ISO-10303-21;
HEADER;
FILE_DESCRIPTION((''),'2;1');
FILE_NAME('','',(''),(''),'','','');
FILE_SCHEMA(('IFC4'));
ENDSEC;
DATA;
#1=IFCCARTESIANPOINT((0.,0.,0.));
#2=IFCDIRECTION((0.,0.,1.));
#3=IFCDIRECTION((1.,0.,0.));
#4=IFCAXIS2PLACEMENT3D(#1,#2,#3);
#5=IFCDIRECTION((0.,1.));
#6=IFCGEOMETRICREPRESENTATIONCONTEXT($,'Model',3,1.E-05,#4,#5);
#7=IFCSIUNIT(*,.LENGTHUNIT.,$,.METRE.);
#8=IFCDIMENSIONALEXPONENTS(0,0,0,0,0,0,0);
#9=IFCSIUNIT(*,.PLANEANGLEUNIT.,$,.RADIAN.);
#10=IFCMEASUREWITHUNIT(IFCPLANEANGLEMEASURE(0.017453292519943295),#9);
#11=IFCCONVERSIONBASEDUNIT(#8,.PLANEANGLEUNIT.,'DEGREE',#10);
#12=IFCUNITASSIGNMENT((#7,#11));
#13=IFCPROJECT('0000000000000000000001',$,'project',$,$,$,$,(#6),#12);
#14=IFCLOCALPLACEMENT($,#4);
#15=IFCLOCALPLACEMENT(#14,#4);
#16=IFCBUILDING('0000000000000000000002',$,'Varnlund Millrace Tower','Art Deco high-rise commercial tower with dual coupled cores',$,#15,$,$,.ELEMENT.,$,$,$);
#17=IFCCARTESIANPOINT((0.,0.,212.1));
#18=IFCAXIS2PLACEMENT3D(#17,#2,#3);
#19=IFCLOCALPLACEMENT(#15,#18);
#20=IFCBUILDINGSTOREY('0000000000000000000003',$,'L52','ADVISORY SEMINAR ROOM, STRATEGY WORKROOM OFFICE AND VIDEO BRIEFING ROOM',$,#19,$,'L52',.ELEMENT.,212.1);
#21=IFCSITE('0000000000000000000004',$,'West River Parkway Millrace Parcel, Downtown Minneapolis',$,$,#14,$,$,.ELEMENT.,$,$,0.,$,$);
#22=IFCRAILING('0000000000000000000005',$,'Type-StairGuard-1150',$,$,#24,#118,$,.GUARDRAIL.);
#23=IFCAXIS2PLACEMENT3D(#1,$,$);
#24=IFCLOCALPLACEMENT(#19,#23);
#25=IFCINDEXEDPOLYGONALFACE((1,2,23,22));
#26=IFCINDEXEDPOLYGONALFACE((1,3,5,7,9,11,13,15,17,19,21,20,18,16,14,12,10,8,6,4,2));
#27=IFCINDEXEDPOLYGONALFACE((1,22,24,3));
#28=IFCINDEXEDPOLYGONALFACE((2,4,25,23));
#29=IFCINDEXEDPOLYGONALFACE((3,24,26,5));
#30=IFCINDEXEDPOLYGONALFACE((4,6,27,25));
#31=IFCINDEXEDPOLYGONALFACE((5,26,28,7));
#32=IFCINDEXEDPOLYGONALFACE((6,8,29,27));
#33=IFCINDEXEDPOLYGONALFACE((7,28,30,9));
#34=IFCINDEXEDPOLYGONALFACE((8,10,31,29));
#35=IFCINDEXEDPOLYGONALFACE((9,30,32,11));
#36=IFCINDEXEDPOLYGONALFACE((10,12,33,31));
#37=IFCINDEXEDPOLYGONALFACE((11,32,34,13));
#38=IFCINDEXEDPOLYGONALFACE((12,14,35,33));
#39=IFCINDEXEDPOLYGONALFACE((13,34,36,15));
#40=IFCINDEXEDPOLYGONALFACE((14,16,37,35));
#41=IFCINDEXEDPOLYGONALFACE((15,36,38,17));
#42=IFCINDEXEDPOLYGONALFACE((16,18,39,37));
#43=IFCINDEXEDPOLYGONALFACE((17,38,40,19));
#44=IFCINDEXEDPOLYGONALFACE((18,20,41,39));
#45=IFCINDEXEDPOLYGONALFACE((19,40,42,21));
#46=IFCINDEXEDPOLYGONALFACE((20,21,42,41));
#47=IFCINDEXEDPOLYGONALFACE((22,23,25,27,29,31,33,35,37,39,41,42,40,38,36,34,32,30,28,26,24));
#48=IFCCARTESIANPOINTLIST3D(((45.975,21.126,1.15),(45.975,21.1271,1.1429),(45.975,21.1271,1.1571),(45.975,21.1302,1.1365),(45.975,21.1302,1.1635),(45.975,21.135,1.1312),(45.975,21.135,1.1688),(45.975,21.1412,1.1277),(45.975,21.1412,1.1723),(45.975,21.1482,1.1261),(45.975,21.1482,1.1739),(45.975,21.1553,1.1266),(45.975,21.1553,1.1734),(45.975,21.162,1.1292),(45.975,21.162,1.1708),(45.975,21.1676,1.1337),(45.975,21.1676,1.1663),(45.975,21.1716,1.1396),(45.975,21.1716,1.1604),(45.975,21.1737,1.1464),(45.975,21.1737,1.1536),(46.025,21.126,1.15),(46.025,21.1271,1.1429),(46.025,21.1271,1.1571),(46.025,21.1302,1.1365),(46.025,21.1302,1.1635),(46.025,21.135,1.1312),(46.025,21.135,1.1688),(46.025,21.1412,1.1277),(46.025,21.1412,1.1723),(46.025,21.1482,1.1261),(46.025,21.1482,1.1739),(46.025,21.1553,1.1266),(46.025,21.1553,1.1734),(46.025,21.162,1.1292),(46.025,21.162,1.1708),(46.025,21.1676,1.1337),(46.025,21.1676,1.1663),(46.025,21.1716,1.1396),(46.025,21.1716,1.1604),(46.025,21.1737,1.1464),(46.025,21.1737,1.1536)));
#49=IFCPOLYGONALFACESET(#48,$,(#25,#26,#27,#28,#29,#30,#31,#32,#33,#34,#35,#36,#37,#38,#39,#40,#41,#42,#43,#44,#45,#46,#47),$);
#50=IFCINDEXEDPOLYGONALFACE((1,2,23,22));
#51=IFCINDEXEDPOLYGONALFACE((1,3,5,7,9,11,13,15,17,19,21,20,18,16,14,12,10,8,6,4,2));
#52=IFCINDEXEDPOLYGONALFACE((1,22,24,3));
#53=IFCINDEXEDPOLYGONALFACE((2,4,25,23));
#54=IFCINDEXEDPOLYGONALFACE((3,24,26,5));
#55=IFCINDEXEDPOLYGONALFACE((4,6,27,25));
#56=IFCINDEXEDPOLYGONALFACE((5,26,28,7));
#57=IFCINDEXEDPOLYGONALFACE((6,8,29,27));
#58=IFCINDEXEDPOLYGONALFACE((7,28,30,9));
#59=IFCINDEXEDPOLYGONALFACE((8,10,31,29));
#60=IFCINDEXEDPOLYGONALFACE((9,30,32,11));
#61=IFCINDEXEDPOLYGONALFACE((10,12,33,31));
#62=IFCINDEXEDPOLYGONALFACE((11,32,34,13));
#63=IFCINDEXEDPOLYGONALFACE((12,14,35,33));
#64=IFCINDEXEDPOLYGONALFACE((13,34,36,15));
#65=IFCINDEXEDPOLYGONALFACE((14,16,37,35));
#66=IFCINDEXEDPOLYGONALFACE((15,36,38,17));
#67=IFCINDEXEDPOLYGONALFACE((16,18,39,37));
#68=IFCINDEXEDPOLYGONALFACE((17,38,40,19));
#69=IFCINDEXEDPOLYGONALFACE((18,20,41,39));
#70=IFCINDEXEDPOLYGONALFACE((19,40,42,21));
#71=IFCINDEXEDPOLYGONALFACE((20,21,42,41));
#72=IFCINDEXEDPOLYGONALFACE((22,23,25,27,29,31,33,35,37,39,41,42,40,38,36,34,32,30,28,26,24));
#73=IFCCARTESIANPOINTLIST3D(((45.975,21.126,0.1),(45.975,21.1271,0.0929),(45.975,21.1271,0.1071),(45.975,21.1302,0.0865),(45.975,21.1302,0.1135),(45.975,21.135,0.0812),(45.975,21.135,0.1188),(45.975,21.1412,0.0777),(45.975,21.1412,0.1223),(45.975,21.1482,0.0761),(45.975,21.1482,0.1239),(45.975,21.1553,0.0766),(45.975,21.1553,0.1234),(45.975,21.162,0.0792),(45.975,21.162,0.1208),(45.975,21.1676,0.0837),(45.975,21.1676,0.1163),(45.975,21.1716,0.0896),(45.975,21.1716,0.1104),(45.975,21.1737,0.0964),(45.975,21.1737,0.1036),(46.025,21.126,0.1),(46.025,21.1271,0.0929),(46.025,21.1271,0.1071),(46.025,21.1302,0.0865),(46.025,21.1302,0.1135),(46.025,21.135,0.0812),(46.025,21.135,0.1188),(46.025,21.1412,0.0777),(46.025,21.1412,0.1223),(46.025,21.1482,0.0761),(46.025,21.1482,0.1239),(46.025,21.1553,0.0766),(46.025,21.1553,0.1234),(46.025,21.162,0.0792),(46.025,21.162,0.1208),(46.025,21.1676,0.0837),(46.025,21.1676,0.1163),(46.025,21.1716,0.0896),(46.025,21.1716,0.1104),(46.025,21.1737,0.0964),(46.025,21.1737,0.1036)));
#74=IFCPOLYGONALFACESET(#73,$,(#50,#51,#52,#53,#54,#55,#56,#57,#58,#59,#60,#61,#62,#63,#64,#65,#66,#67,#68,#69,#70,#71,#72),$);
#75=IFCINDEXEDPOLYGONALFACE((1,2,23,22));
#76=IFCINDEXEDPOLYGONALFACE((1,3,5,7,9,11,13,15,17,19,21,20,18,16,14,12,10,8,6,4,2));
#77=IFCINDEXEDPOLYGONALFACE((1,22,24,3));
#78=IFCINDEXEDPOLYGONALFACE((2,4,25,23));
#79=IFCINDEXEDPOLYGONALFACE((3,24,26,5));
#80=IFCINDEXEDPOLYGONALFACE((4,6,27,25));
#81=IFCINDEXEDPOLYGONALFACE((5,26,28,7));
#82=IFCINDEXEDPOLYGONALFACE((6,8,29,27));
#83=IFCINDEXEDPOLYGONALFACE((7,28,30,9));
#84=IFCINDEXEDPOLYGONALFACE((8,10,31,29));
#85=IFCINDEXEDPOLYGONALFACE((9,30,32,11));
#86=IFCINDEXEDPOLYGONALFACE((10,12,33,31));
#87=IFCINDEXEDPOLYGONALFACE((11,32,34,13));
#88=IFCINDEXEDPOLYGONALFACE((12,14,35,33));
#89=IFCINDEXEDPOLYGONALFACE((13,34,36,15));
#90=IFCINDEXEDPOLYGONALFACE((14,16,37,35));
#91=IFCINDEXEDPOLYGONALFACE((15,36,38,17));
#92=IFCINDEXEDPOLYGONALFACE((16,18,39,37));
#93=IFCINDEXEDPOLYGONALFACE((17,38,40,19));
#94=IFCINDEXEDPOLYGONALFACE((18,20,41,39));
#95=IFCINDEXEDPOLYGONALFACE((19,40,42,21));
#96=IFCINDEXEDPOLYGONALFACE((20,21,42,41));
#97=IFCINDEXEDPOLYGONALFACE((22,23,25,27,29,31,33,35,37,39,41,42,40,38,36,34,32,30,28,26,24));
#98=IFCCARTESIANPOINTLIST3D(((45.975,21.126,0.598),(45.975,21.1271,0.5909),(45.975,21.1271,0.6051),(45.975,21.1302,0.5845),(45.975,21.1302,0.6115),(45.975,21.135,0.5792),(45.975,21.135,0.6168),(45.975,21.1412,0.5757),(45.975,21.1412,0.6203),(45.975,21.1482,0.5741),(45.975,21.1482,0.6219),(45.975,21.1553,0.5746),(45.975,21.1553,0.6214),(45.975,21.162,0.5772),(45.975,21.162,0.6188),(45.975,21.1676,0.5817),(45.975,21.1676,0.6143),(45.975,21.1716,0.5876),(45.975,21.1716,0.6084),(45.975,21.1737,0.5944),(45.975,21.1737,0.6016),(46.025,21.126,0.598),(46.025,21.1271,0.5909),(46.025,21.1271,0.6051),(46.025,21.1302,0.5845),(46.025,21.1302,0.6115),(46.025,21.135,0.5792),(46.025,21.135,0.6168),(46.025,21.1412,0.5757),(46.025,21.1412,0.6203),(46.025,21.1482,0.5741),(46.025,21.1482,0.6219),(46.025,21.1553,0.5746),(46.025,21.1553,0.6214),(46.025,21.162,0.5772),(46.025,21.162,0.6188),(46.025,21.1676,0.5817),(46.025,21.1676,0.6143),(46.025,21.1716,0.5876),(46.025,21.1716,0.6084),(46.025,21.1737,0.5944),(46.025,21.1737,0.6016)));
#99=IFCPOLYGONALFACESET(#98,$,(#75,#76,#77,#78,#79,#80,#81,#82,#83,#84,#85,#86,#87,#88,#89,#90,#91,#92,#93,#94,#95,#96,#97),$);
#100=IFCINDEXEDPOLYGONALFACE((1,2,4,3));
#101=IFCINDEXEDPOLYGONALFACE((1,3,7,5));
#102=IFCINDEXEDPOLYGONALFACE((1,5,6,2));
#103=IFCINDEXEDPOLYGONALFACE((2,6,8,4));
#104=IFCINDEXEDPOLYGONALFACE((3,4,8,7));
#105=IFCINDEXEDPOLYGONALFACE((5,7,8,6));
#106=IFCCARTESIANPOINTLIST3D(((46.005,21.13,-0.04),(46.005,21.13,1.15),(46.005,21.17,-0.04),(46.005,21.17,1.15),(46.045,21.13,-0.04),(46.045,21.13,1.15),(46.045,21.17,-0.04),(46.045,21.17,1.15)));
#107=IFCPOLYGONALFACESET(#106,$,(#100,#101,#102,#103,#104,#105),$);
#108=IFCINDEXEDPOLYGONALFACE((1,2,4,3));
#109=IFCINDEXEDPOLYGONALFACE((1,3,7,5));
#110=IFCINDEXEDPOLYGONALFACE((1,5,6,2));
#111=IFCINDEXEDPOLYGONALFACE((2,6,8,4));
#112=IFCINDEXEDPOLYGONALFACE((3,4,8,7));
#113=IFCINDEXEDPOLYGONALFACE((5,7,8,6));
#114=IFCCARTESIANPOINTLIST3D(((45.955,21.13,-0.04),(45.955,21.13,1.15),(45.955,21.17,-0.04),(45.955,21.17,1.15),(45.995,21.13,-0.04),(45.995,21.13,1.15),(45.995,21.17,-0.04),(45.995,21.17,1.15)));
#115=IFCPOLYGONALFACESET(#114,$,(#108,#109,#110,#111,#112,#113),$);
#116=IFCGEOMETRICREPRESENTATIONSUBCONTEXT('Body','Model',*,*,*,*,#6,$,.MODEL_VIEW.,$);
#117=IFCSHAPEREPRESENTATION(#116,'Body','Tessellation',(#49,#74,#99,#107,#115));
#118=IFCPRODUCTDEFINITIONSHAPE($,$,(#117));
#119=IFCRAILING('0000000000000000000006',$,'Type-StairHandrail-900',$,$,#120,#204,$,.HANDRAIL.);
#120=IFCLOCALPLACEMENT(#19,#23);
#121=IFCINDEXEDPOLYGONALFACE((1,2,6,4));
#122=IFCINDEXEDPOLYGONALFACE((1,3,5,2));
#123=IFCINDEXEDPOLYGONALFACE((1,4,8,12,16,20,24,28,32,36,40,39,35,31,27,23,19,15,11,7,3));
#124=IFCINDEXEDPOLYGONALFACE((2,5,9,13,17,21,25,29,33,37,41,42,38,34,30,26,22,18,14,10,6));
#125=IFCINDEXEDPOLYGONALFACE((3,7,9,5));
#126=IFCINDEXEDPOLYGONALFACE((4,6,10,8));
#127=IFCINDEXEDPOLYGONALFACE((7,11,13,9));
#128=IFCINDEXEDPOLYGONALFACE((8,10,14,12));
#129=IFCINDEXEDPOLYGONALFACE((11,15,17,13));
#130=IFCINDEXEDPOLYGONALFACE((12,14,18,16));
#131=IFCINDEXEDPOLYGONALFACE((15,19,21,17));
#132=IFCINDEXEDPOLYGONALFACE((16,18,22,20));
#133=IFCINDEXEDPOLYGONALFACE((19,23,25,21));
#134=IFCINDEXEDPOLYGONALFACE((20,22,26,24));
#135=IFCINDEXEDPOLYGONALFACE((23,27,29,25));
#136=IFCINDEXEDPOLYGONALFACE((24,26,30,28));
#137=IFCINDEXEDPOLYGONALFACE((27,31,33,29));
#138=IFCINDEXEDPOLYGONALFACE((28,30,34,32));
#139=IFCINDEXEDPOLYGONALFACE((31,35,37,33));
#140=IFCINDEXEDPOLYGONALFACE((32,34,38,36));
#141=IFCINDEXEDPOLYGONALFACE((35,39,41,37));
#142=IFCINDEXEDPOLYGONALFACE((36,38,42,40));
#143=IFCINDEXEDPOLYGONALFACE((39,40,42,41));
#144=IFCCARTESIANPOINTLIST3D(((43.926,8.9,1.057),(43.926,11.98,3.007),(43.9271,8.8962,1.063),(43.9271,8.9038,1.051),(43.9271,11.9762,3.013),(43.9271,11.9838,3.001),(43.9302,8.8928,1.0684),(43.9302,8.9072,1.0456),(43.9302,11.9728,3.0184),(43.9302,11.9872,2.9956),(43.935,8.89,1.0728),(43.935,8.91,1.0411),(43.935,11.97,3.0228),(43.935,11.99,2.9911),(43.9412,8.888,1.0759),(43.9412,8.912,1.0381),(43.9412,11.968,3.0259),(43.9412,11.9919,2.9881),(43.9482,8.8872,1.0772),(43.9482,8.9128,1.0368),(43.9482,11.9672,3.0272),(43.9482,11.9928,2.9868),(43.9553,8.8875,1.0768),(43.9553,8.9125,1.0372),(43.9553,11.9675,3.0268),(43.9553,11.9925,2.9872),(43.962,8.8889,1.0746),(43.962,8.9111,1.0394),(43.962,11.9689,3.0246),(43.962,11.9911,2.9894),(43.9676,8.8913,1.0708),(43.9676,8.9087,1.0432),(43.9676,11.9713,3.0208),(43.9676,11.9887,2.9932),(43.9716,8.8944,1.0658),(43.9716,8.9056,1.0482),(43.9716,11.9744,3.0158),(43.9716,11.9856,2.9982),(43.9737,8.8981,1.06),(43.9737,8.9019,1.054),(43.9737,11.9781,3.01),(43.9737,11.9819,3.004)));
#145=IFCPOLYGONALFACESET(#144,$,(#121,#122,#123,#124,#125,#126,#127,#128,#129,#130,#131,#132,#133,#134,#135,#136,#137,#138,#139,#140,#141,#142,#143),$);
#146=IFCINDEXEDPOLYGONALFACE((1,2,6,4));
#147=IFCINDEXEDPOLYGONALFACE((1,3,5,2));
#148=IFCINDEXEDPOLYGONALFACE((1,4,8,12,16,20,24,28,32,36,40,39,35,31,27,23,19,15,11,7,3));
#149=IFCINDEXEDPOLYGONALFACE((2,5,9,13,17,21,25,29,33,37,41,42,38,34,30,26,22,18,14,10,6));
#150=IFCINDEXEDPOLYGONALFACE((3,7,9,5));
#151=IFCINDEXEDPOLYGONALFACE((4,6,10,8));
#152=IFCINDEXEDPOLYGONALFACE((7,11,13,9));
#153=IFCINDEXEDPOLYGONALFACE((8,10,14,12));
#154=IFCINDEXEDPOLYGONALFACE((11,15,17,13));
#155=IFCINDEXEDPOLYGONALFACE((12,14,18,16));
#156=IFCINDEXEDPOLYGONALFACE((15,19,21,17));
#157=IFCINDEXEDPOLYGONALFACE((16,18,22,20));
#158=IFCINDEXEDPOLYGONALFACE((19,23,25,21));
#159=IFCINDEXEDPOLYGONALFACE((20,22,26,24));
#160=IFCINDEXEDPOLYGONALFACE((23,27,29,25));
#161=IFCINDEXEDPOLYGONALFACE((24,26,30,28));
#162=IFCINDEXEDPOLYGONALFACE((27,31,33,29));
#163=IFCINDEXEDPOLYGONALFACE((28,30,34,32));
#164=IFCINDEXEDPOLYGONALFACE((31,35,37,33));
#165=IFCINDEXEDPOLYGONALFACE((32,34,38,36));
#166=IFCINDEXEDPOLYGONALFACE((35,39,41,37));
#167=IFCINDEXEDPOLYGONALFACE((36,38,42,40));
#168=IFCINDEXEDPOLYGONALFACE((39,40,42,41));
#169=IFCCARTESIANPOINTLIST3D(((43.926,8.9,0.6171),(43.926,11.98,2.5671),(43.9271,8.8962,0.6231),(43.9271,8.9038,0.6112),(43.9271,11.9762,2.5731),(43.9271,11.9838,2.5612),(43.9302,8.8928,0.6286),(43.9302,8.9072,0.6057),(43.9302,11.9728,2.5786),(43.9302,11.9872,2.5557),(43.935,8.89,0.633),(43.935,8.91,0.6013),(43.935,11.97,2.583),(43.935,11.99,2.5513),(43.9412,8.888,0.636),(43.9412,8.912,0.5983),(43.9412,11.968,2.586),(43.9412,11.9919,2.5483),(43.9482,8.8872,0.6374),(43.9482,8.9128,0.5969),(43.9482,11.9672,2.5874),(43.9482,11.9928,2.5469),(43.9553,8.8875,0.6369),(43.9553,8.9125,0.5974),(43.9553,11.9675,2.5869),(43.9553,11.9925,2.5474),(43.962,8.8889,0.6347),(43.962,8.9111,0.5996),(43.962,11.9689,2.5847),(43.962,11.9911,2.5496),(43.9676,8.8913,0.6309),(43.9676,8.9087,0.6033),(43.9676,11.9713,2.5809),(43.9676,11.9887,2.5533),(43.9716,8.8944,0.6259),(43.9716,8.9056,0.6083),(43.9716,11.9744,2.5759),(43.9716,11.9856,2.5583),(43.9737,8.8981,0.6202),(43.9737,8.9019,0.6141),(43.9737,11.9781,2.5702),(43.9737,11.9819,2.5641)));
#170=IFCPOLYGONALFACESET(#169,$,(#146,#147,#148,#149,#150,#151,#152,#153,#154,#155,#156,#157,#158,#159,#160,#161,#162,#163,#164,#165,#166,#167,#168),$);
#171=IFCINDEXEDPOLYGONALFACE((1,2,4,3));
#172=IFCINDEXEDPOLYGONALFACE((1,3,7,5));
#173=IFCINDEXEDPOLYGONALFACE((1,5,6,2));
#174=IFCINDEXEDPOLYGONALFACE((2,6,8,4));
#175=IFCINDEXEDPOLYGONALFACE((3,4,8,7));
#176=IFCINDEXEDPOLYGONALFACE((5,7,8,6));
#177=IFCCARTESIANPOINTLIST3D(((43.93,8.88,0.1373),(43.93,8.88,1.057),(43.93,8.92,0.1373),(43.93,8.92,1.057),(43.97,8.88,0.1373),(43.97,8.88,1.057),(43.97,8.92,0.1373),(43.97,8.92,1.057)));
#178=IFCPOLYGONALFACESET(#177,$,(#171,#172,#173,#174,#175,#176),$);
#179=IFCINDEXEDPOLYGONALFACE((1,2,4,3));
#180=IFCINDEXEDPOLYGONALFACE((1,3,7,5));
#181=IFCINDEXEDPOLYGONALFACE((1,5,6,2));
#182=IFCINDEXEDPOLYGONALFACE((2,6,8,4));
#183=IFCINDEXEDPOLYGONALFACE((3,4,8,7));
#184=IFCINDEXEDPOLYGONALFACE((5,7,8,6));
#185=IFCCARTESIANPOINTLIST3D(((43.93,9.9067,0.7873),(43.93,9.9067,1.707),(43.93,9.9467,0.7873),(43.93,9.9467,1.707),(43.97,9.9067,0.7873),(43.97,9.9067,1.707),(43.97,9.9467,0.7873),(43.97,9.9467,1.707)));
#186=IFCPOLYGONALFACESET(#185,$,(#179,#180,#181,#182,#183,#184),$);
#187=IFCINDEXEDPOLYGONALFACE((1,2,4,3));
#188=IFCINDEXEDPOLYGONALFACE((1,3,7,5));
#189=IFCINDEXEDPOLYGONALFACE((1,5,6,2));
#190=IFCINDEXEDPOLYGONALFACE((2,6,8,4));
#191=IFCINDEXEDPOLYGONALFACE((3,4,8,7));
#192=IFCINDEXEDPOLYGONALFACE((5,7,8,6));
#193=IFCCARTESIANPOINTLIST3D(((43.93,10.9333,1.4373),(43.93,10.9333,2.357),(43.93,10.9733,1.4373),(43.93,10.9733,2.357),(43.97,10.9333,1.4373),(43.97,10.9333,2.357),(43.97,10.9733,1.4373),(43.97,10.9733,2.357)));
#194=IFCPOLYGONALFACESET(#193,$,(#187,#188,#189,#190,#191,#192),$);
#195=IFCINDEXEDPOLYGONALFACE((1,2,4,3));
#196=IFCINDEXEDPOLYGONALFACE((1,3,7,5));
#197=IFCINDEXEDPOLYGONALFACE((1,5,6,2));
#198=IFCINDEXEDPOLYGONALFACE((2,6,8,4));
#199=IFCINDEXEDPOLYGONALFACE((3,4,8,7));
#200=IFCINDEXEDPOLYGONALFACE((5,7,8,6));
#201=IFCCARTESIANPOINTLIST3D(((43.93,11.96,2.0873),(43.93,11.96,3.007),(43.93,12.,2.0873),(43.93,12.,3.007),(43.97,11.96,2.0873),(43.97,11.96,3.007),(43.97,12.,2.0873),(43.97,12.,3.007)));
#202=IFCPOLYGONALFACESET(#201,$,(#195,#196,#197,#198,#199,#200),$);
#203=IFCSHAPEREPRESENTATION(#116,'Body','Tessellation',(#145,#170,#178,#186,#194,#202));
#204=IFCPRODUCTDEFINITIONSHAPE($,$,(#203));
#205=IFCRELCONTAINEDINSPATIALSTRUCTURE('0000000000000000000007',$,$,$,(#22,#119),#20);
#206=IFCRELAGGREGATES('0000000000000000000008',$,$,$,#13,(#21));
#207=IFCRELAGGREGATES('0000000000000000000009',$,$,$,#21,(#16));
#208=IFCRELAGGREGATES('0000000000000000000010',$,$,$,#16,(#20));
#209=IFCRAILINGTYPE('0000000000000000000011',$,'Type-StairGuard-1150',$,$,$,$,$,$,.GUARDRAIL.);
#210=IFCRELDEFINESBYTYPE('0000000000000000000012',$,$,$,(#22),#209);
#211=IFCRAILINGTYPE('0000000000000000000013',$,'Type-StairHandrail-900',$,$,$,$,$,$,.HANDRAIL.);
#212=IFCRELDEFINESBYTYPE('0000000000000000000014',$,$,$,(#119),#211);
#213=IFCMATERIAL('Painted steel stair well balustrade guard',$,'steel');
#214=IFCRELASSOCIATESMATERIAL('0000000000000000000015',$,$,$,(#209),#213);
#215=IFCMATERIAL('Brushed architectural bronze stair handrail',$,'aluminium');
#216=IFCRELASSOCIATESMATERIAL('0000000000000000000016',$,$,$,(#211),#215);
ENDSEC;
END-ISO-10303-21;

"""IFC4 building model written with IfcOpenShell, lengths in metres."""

from ifc_helpers import new_model, entity, si_unit, converted_unit, direction, frame, origin_with_axes, origin_2d_with_axis, place, context, subcontext, project, spatial, rectangle, circle, extrude, material, type_object, element, save


model = new_model("IFC4")

# Units and contexts
model_context = context("Model", 3, precision=1e-05, world=origin_with_axes(), true_north=direction((0.0, 1.0)))
body_context = subcontext(model_context, "Body", "Model", "MODEL_VIEW")
ifc_project = project(units=[si_unit("LENGTHUNIT", "METRE"), converted_unit("PLANEANGLEUNIT", "DEGREE", entity("IfcPlaneAngleMeasure", 0.017453292519943295), si_unit("PLANEANGLEUNIT", "RADIAN"), dimensions=[0, 0, 0, 0, 0, 0, 0])], contexts=[model_context])

# Site, building, storey
site_placement = place(None, origin_with_axes())
site = spatial("IfcSite", under=ifc_project, at=site_placement, Name="West River Parkway Millrace Parcel, Downtown Minneapolis", CompositionType="ELEMENT", RefElevation=0.0)
building_placement = place(site_placement, origin_with_axes())
building = spatial("IfcBuilding", under=site, at=building_placement, Name="Varnlund Millrace Tower", Description="Art Deco high-rise commercial tower with dual coupled cores", CompositionType="ELEMENT")
storey_placement = place(building_placement, frame((0.0, 0.0, 212.1), z_axis=(0.0, 0.0, 1.0), x_axis=(1.0, 0.0, 0.0)))
storey = spatial("IfcBuildingStorey", under=building, at=storey_placement, Name="L52", Description="ADVISORY SEMINAR ROOM, STRATEGY WORKROOM OFFICE AND VIDEO BRIEFING ROOM", LongName="L52", CompositionType="ELEMENT", Elevation=212.1)

# Railings
ifc_material_1 = material(Name="Painted steel stair well balustrade guard", Category="steel")
railing_type_1 = type_object("IfcRailingType", Name="Type-StairGuard-1150", PredefinedType="GUARDRAIL", material=ifc_material_1)
railing_1_placement = place(storey_placement, frame((0.0, 0.0, -212.1), z_axis=(0.0, 0.0, 1.0), x_axis=(1.0, 0.0, 0.0)))
element("IfcRailing", 1, at=railing_1_placement, inside=storey, type_object=railing_type_1, Name="Type-StairGuard-1150", PredefinedType="GUARDRAIL", context=body_context, shape_type="SweptSolid", body=[
    extrude(circle(Radius=0.024, at=origin_2d_with_axis()), frame((46.025, 21.15, 213.25), z_axis=(-1.0, 0.0, 0.0), x_axis=(0.0, -1.0, 0.0)), (0.0, 0.0, 1.0), 0.05),
    extrude(circle(Radius=0.024, at=origin_2d_with_axis()), frame((46.025, 21.15, 212.2), z_axis=(-1.0, 0.0, 0.0), x_axis=(0.0, -1.0, 0.0)), (0.0, 0.0, 1.0), 0.05),
    extrude(circle(Radius=0.024, at=origin_2d_with_axis()), frame((46.025, 21.15, 212.698), z_axis=(-1.0, 0.0, 0.0), x_axis=(0.0, -1.0, 0.0)), (0.0, 0.0, 1.0), 0.05),
    extrude(rectangle(XDim=0.04, YDim=0.04, at=origin_2d_with_axis()), frame((46.025, 21.15, 212.06), z_axis=(0.0, 0.0, 1.0), x_axis=(1.0, 0.0, 0.0)), (0.0, 0.0, 1.0), 1.19),
    extrude(rectangle(XDim=0.04, YDim=0.04, at=origin_2d_with_axis()), frame((45.975, 21.15, 212.06), z_axis=(0.0, 0.0, 1.0), x_axis=(1.0, 0.0, 0.0)), (0.0, 0.0, 1.0), 1.19),
])
ifc_material_2 = material(Name="Brushed architectural bronze stair handrail", Category="aluminium")
railing_type_2 = type_object("IfcRailingType", Name="Type-StairHandrail-900", PredefinedType="HANDRAIL", material=ifc_material_2)
railing_2_placement = place(storey_placement, frame((0.0, 0.0, -212.1), z_axis=(0.0, 0.0, 1.0), x_axis=(1.0, 0.0, 0.0)))
element("IfcRailing", 2, at=railing_2_placement, inside=storey, type_object=railing_type_2, Name="Type-StairHandrail-900", PredefinedType="HANDRAIL", context=body_context, shape_type="SweptSolid", body=[
    extrude(circle(Radius=0.024, at=origin_2d_with_axis()), frame((43.95, 8.9, 213.157), z_axis=(0.0, 0.844902, 0.534922), x_axis=(-1.0, 0.0, 0.0)), (0.0, 0.0, 1.0), 3.6454),
    extrude(circle(Radius=0.024, at=origin_2d_with_axis()), frame((43.95, 8.9, 212.7171), z_axis=(0.0, 0.844902, 0.534922), x_axis=(-1.0, 0.0, 0.0)), (0.0, 0.0, 1.0), 3.6454),
    extrude(rectangle(XDim=0.04, YDim=0.04, at=origin_2d_with_axis()), frame((43.95, 8.9, 212.2373), z_axis=(0.0, 0.0, 1.0), x_axis=(1.0, 0.0, 0.0)), (0.0, 0.0, 1.0), 0.9197),
    extrude(rectangle(XDim=0.04, YDim=0.04, at=origin_2d_with_axis()), frame((43.95, 9.9267, 212.8873), z_axis=(0.0, 0.0, 1.0), x_axis=(1.0, 0.0, 0.0)), (0.0, 0.0, 1.0), 0.9197),
    extrude(rectangle(XDim=0.04, YDim=0.04, at=origin_2d_with_axis()), frame((43.95, 10.9533, 213.5373), z_axis=(0.0, 0.0, 1.0), x_axis=(1.0, 0.0, 0.0)), (0.0, 0.0, 1.0), 0.9197),
    extrude(rectangle(XDim=0.04, YDim=0.04, at=origin_2d_with_axis()), frame((43.95, 11.98, 214.1873), z_axis=(0.0, 0.0, 1.0), x_axis=(1.0, 0.0, 0.0)), (0.0, 0.0, 1.0), 0.9197),
])

save(model, "model.ifc")
